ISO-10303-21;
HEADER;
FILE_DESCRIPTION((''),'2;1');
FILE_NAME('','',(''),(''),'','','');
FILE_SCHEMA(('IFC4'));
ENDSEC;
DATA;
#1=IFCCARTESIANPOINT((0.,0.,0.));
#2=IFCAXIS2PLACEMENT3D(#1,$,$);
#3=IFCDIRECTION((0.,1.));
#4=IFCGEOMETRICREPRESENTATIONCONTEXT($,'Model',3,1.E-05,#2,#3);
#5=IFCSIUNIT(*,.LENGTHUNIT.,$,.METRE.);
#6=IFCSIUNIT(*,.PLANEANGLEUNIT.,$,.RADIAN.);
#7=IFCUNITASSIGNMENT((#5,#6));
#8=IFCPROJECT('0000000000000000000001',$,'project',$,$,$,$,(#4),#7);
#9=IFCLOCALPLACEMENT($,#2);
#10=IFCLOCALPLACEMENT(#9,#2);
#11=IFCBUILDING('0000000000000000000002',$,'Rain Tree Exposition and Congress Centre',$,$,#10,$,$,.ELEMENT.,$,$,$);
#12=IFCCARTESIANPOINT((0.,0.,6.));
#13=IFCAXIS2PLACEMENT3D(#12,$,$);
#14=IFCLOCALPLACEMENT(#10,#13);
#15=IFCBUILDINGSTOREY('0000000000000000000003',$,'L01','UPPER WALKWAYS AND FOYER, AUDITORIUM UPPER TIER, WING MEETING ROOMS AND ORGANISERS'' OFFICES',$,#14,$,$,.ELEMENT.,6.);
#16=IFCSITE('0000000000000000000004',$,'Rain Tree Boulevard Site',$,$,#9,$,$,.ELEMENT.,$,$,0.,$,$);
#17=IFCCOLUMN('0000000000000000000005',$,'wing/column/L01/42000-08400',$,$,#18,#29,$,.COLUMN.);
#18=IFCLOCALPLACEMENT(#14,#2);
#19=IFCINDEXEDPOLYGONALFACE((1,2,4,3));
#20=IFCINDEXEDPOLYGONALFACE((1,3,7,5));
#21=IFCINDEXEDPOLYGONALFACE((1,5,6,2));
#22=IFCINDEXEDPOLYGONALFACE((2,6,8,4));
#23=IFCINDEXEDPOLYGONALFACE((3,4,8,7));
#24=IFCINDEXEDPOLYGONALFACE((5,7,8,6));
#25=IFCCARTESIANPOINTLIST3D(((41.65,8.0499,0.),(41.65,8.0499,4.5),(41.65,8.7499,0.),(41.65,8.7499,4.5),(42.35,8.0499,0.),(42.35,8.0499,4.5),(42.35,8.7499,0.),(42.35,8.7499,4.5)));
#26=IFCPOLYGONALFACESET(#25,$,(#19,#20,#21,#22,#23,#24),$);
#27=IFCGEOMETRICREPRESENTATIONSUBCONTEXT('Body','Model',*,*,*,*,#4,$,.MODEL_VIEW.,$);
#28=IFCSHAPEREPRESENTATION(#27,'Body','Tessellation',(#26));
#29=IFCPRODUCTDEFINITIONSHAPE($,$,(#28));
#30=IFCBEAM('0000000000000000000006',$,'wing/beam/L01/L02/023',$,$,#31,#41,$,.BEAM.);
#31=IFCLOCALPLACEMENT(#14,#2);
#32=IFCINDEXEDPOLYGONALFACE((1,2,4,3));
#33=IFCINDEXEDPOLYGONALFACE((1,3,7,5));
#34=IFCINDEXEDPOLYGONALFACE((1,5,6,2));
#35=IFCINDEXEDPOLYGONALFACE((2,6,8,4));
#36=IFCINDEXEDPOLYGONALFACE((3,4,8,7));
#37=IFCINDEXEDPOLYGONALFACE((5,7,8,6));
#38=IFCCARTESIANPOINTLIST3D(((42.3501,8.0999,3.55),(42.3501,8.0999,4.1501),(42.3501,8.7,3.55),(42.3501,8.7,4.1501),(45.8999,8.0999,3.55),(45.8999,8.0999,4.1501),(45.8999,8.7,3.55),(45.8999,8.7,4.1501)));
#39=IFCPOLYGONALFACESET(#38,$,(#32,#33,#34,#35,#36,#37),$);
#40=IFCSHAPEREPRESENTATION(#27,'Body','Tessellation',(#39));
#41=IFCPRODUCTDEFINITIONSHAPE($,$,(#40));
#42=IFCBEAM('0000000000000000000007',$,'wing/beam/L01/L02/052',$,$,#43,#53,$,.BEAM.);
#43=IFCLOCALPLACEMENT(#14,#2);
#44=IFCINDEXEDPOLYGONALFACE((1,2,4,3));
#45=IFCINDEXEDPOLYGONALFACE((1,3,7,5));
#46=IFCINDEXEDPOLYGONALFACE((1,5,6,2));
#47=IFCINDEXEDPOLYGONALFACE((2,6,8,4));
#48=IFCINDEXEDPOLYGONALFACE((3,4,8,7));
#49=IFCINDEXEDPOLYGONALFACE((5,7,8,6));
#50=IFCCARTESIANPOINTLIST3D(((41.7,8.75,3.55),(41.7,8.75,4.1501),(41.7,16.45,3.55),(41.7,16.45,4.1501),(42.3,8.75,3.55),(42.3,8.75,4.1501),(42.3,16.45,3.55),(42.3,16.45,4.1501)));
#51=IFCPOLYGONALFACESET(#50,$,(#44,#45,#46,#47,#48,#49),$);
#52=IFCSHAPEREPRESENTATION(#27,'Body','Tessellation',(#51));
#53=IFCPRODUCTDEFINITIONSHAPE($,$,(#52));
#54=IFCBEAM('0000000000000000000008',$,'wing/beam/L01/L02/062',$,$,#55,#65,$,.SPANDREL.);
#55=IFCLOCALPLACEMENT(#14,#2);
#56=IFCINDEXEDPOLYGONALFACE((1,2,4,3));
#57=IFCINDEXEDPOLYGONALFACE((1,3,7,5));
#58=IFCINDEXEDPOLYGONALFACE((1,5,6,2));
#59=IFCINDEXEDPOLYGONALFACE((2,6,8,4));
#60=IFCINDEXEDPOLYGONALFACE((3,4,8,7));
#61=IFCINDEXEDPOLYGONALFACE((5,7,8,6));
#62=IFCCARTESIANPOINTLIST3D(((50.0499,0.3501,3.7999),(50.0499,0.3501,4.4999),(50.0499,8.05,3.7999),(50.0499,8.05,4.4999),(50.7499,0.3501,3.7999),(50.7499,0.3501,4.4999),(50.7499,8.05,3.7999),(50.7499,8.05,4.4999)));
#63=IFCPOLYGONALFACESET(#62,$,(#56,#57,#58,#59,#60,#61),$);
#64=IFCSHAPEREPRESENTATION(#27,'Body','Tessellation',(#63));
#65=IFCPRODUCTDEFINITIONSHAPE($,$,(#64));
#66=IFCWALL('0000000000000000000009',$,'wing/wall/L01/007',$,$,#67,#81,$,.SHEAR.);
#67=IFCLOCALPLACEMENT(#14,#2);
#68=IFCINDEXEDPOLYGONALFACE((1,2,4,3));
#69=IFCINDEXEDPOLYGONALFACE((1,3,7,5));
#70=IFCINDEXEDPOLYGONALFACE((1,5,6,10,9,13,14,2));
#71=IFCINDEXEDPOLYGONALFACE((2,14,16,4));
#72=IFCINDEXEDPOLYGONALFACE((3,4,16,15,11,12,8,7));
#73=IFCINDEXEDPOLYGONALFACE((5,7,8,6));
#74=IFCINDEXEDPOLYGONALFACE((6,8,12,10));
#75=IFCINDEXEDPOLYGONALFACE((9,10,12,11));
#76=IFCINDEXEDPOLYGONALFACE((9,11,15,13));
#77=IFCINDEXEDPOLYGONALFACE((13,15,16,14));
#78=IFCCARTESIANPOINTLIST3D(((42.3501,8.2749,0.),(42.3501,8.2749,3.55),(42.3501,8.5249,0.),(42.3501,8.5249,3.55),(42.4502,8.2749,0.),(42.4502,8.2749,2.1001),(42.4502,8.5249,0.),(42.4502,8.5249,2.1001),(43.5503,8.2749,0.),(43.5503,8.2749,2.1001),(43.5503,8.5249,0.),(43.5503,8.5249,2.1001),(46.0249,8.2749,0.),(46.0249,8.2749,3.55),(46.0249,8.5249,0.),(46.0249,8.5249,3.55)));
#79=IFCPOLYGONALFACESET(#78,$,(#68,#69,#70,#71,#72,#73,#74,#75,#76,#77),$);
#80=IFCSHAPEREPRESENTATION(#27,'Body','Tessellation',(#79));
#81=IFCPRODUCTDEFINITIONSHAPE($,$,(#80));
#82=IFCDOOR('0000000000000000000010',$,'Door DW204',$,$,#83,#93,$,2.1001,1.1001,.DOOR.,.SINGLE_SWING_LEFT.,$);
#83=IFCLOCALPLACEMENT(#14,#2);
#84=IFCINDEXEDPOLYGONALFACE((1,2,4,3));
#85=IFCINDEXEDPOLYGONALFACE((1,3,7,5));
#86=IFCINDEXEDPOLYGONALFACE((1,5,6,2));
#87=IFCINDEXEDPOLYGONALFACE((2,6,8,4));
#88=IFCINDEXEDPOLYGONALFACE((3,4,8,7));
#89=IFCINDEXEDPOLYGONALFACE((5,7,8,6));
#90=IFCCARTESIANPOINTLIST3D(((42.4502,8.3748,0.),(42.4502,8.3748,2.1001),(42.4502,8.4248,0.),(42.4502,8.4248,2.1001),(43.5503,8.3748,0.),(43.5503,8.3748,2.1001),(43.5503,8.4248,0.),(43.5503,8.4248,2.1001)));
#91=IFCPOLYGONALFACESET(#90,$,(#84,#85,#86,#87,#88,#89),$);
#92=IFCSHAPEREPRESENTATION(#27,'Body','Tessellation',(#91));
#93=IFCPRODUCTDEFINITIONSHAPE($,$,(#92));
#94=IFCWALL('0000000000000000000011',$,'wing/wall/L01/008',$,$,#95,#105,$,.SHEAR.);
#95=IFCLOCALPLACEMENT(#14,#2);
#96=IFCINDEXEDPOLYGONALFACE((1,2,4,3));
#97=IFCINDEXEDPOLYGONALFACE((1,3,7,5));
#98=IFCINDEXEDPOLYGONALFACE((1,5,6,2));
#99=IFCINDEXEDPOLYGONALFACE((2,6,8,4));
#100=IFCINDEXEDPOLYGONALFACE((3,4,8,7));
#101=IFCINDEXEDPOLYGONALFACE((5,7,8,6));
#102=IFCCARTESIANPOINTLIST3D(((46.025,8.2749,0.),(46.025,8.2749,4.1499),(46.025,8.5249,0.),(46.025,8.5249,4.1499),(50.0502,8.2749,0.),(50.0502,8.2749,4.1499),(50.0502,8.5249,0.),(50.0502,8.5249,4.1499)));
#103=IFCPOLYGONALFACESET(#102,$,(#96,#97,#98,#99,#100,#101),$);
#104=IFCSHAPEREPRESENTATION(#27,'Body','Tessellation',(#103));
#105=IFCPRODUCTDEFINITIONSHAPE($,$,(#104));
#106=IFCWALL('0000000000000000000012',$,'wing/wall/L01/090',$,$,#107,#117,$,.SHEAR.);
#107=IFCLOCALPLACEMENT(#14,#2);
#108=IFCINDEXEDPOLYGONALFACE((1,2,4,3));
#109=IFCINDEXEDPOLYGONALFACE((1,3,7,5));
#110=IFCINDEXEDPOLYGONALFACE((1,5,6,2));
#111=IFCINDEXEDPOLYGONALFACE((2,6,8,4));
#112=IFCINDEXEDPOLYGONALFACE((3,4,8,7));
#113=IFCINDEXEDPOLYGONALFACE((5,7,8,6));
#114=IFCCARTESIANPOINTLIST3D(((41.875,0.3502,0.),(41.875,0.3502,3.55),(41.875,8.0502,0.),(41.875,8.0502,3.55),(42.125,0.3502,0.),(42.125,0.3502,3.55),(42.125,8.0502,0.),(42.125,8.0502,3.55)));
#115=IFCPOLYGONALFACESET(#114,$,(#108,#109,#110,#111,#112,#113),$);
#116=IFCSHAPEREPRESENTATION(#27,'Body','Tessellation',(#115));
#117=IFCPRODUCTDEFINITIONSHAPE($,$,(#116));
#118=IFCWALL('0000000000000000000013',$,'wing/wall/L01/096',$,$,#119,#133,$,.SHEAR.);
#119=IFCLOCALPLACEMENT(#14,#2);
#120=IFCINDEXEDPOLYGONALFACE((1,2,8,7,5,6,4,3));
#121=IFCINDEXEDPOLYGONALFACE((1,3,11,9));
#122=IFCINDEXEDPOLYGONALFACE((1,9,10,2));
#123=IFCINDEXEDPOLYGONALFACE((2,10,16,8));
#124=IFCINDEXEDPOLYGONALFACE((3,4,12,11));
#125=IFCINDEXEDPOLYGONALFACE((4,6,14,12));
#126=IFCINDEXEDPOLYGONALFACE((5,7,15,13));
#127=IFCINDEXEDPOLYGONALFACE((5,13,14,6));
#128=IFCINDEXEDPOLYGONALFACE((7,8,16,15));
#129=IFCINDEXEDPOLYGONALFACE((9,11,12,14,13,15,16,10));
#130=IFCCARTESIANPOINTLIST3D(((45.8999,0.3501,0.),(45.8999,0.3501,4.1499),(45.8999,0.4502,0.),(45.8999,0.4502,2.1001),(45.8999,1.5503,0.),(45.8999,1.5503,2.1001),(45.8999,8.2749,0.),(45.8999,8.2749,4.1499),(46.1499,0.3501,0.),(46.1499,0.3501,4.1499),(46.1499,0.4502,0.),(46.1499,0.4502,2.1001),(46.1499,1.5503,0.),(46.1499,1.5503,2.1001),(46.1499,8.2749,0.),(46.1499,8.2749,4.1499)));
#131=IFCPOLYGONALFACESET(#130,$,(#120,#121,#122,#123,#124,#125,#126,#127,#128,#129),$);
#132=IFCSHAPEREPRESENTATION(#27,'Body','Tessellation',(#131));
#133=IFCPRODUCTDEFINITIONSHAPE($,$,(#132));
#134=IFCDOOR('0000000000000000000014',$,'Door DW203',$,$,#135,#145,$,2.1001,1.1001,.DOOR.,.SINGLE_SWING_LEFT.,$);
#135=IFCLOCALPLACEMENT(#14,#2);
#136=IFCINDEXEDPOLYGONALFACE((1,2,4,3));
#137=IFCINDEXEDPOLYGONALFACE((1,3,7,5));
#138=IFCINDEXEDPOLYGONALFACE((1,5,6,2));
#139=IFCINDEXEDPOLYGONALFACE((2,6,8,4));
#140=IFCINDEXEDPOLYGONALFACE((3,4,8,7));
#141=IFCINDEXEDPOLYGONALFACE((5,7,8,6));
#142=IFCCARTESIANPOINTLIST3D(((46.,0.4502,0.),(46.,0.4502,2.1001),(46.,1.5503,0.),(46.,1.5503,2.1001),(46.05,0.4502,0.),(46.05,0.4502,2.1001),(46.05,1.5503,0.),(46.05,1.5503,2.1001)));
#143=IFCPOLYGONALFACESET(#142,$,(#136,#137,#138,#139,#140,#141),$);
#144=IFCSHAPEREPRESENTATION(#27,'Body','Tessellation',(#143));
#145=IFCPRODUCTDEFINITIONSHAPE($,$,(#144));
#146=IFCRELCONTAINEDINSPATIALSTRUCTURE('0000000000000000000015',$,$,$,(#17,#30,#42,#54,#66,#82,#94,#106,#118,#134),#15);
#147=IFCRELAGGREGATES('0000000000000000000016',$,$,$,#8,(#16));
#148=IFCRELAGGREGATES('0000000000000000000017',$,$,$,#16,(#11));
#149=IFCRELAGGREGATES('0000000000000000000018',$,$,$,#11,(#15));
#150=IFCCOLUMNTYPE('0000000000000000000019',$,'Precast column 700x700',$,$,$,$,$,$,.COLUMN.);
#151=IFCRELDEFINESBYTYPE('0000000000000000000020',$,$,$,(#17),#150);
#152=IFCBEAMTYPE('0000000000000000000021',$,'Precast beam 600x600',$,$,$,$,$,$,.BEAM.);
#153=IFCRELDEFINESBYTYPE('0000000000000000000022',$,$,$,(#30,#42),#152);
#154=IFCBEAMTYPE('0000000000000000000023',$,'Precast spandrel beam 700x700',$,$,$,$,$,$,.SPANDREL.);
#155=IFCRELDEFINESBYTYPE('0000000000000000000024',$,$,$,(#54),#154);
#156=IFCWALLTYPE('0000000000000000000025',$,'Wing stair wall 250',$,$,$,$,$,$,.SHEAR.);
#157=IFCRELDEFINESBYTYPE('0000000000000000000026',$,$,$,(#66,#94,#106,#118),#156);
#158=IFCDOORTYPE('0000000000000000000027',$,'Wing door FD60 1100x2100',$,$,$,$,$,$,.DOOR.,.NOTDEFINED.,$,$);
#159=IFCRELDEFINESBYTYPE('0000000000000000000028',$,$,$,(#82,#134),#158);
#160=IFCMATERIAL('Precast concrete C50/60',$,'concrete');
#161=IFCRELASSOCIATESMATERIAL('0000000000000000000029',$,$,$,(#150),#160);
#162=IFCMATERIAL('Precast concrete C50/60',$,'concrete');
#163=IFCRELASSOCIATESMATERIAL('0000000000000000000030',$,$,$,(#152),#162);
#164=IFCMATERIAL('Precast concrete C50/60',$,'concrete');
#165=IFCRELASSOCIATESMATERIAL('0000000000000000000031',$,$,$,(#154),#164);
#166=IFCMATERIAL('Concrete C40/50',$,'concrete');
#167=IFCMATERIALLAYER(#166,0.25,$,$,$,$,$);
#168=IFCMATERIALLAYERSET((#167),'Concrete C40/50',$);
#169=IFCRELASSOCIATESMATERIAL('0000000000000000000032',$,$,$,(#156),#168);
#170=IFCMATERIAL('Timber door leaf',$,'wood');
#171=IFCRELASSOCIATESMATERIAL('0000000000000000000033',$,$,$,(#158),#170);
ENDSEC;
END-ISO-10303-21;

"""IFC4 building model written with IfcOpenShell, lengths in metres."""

from ifc_helpers import new_model, si_unit, direction, frame, frame_2d, origin, origin_2d, place, context, subcontext, project, spatial, rectangle, extrude, material, layer, layer_set, material_profile, profile_set, type_object, element, fill, save


model = new_model("IFC4")

# Units and contexts
model_context = context("Model", 3, precision=1e-05, world=origin(), true_north=direction((0.0, 1.0)))
body_context = subcontext(model_context, "Body", "Model", "MODEL_VIEW")
ifc_project = project(units=[si_unit("LENGTHUNIT", "METRE"), si_unit("PLANEANGLEUNIT", "RADIAN")], contexts=[model_context])

# Site, building, storey
site_placement = place(None, origin())
site = spatial("IfcSite", under=ifc_project, at=site_placement, Name="Rain Tree Boulevard Site", CompositionType="ELEMENT", RefElevation=0.0)
building_placement = place(site_placement, origin())
building = spatial("IfcBuilding", under=site, at=building_placement, Name="Rain Tree Exposition and Congress Centre", CompositionType="ELEMENT")
storey_placement = place(building_placement, frame((0.0, 0.0, 6.0)))
storey = spatial("IfcBuildingStorey", under=building, at=storey_placement, Name="L01", Description="UPPER WALKWAYS AND FOYER, AUDITORIUM UPPER TIER, WING MEETING ROOMS AND ORGANISERS' OFFICES", CompositionType="ELEMENT", Elevation=6.0)

# Column
ifc_material_1 = material(Name="Precast concrete C50/60", Category="concrete")
ifc_material_profile_1 = material_profile(ifc_material_1, rectangle(XDim=0.7, YDim=0.7, at=origin_2d()), Name="RC 700x700")
ifc_profile_set_1 = profile_set([ifc_material_profile_1], Name="Precast concrete C50/60")
column_type = type_object("IfcColumnType", Name="Precast column 700x700", PredefinedType="COLUMN", material=ifc_profile_set_1)
column_placement = place(storey_placement, frame((42.0, 8.3999, 0.0), z_axis=(0.0, 0.0, 1.0), x_axis=(1.0, 0.0, 0.0)))
element("IfcColumn", 1, at=column_placement, inside=storey, type_object=column_type, Name="wing/column/L01/42000-08400", PredefinedType="COLUMN", context=body_context, shape_type="SweptSolid", body=[
    extrude(rectangle(XDim=0.7, YDim=0.7, at=origin_2d()), origin(), (0.0, 0.0, 1.0), 4.5),
])

# Beams
ifc_material_2 = material(Name="Precast concrete C50/60", Category="concrete")
ifc_material_profile_2 = material_profile(ifc_material_2, rectangle(XDim=0.6001, YDim=0.6001, at=origin_2d()), Name="RC 600x600")
ifc_profile_set_2 = profile_set([ifc_material_profile_2], Name="Precast concrete C50/60")
beam_type_1 = type_object("IfcBeamType", Name="Precast beam 600x600", PredefinedType="BEAM", material=ifc_profile_set_2)
beam_1_placement = place(storey_placement, frame((42.3501, 8.3999, 3.8501), z_axis=(1.0, 0.0, 0.0), x_axis=(0.0, 1.0, 0.0)))
element("IfcBeam", 2, at=beam_1_placement, inside=storey, type_object=beam_type_1, Name="wing/beam/L01/L02/023", PredefinedType="BEAM", context=body_context, shape_type="SweptSolid", body=[
    extrude(rectangle(XDim=0.6001, YDim=0.6001, at=origin_2d()), origin(), (0.0, 0.0, 1.0), 3.5498),
])
beam_2_placement = place(storey_placement, frame((42.0, 8.75, 3.8501), z_axis=(0.0, 1.0, 0.0), x_axis=(-1.0, 0.0, 0.0)))
element("IfcBeam", 3, at=beam_2_placement, inside=storey, type_object=beam_type_1, Name="wing/beam/L01/L02/052", PredefinedType="BEAM", context=body_context, shape_type="SweptSolid", body=[
    extrude(rectangle(XDim=0.6001, YDim=0.6001, at=origin_2d()), origin(), (0.0, 0.0, 1.0), 7.7),
])
ifc_material_3 = material(Name="Precast concrete C50/60", Category="concrete")
ifc_material_profile_3 = material_profile(ifc_material_3, rectangle(XDim=0.7, YDim=0.7, at=origin_2d()), Name="RC 700x700")
ifc_profile_set_3 = profile_set([ifc_material_profile_3], Name="Precast concrete C50/60")
beam_type_2 = type_object("IfcBeamType", Name="Precast spandrel beam 700x700", PredefinedType="SPANDREL", material=ifc_profile_set_3)
beam_3_placement = place(storey_placement, frame((50.3999, 0.3501, 4.1499), z_axis=(0.0, 1.0, 0.0), x_axis=(-1.0, 0.0, 0.0)))
element("IfcBeam", 4, at=beam_3_placement, inside=storey, type_object=beam_type_2, Name="wing/beam/L01/L02/062", PredefinedType="SPANDREL", context=body_context, shape_type="SweptSolid", body=[
    extrude(rectangle(XDim=0.7, YDim=0.7, at=origin_2d()), origin(), (0.0, 0.0, 1.0), 7.7),
])

# Wall, opening, door
ifc_material_4 = material(Name="Concrete C40/50", Category="concrete")
ifc_layer_1 = layer(ifc_material_4, 0.25)
ifc_layer_set_1 = layer_set([ifc_layer_1], Name="Concrete C40/50")
wall_type_1 = type_object("IfcWallType", Name="Wing stair wall 250", PredefinedType="SHEAR", material=ifc_layer_set_1)
wall_1_placement = place(storey_placement, frame((42.3501, 8.3999, 0.0), z_axis=(0.0, 0.0, 1.0), x_axis=(1.0, 0.0, 0.0)))
wall_1 = element("IfcWall", 5, at=wall_1_placement, inside=storey, type_object=wall_type_1, Name="wing/wall/L01/007", PredefinedType="SHEAR", context=body_context, shape_type="SweptSolid", body=[
    extrude(rectangle(XDim=3.6748, YDim=0.25, at=frame_2d((1.8374, 0.0))), origin(), (0.0, 0.0, 1.0), 3.55),
])
opening_1_placement = place(wall_1_placement, frame((0.1001, 0.0, 0.0)))
opening_1 = element("IfcOpeningElement", 6, at=opening_1_placement, cuts=wall_1, PredefinedType="OPENING", context=body_context, shape_type="SweptSolid", body=[
    extrude(rectangle(XDim=1.1001, YDim=2.1001, at=frame_2d((0.55, 1.05))), frame((0.0, 0.125, 0.0), z_axis=(0.0, -1.0, 0.0), x_axis=(1.0, 0.0, 0.0)), (0.0, 0.0, 1.0), 0.25),
])
ifc_material_5 = material(Name="Timber door leaf", Category="wood")
door_type_1 = type_object("IfcDoorType", Name="Wing door FD60 1100x2100", OperationType="NOTDEFINED", PredefinedType="DOOR", material=ifc_material_5)
door_1_placement = place(opening_1_placement, origin())
door_1 = element("IfcDoor", 7, at=door_1_placement, inside=storey, type_object=door_type_1, Name="Door DW204", OperationType="SINGLE_SWING_LEFT", OverallHeight=2.1001, OverallWidth=1.1001, PredefinedType="DOOR", context=body_context, shape_type="SweptSolid", body=[
    extrude(rectangle(XDim=1.1001, YDim=2.1001, at=frame_2d((0.55, 1.05))), frame((0.0, 0.0249, 0.0), z_axis=(0.0, -1.0, 0.0), x_axis=(1.0, 0.0, 0.0)), (0.0, 0.0, 1.0), 0.05),
])
fill(opening_1, door_1)

# Walls
wall_2_placement = place(storey_placement, frame((46.0249, 8.3999, 0.0), z_axis=(0.0, 0.0, 1.0), x_axis=(1.0, 0.0, 0.0)))
element("IfcWall", 8, at=wall_2_placement, inside=storey, type_object=wall_type_1, Name="wing/wall/L01/008", PredefinedType="SHEAR", context=body_context, shape_type="SweptSolid", body=[
    extrude(rectangle(XDim=4.0251, YDim=0.25, at=frame_2d((2.0127, 0.0))), origin(), (0.0, 0.0, 1.0), 4.1499),
])
wall_3_placement = place(storey_placement, frame((42.0, 0.3501, 0.0), z_axis=(0.0, 0.0, 1.0), x_axis=(0.0, 1.0, 0.0)))
element("IfcWall", 9, at=wall_3_placement, inside=storey, type_object=wall_type_1, Name="wing/wall/L01/090", PredefinedType="SHEAR", context=body_context, shape_type="SweptSolid", body=[
    extrude(rectangle(XDim=7.7, YDim=0.25, at=frame_2d((3.8501, 0.0))), origin(), (0.0, 0.0, 1.0), 3.55),
])

# Wall, opening, door
wall_4_placement = place(storey_placement, frame((46.0249, 0.3501, 0.0), z_axis=(0.0, 0.0, 1.0), x_axis=(0.0, 1.0, 0.0)))
wall_4 = element("IfcWall", 10, at=wall_4_placement, inside=storey, type_object=wall_type_1, Name="wing/wall/L01/096", PredefinedType="SHEAR", context=body_context, shape_type="SweptSolid", body=[
    extrude(rectangle(XDim=7.9248, YDim=0.25, at=frame_2d((3.9624, 0.0))), origin(), (0.0, 0.0, 1.0), 4.1499),
])
opening_2_placement = place(wall_4_placement, frame((0.1001, 0.0, 0.0)))
opening_2 = element("IfcOpeningElement", 11, at=opening_2_placement, cuts=wall_4, PredefinedType="OPENING", context=body_context, shape_type="SweptSolid", body=[
    extrude(rectangle(XDim=1.1001, YDim=2.1001, at=frame_2d((0.55, 1.05))), frame((0.0, 0.125, 0.0), z_axis=(0.0, -1.0, 0.0), x_axis=(1.0, 0.0, 0.0)), (0.0, 0.0, 1.0), 0.25),
])
door_2_placement = place(opening_2_placement, origin())
door_2 = element("IfcDoor", 12, at=door_2_placement, inside=storey, type_object=door_type_1, Name="Door DW203", OperationType="SINGLE_SWING_LEFT", OverallHeight=2.1001, OverallWidth=1.1001, PredefinedType="DOOR", context=body_context, shape_type="SweptSolid", body=[
    extrude(rectangle(XDim=1.1001, YDim=2.1001, at=frame_2d((0.55, 1.05))), frame((0.0, 0.0249, 0.0), z_axis=(0.0, -1.0, 0.0), x_axis=(1.0, 0.0, 0.0)), (0.0, 0.0, 1.0), 0.05),
])
fill(opening_2, door_2)

save(model, "model.ifc")
